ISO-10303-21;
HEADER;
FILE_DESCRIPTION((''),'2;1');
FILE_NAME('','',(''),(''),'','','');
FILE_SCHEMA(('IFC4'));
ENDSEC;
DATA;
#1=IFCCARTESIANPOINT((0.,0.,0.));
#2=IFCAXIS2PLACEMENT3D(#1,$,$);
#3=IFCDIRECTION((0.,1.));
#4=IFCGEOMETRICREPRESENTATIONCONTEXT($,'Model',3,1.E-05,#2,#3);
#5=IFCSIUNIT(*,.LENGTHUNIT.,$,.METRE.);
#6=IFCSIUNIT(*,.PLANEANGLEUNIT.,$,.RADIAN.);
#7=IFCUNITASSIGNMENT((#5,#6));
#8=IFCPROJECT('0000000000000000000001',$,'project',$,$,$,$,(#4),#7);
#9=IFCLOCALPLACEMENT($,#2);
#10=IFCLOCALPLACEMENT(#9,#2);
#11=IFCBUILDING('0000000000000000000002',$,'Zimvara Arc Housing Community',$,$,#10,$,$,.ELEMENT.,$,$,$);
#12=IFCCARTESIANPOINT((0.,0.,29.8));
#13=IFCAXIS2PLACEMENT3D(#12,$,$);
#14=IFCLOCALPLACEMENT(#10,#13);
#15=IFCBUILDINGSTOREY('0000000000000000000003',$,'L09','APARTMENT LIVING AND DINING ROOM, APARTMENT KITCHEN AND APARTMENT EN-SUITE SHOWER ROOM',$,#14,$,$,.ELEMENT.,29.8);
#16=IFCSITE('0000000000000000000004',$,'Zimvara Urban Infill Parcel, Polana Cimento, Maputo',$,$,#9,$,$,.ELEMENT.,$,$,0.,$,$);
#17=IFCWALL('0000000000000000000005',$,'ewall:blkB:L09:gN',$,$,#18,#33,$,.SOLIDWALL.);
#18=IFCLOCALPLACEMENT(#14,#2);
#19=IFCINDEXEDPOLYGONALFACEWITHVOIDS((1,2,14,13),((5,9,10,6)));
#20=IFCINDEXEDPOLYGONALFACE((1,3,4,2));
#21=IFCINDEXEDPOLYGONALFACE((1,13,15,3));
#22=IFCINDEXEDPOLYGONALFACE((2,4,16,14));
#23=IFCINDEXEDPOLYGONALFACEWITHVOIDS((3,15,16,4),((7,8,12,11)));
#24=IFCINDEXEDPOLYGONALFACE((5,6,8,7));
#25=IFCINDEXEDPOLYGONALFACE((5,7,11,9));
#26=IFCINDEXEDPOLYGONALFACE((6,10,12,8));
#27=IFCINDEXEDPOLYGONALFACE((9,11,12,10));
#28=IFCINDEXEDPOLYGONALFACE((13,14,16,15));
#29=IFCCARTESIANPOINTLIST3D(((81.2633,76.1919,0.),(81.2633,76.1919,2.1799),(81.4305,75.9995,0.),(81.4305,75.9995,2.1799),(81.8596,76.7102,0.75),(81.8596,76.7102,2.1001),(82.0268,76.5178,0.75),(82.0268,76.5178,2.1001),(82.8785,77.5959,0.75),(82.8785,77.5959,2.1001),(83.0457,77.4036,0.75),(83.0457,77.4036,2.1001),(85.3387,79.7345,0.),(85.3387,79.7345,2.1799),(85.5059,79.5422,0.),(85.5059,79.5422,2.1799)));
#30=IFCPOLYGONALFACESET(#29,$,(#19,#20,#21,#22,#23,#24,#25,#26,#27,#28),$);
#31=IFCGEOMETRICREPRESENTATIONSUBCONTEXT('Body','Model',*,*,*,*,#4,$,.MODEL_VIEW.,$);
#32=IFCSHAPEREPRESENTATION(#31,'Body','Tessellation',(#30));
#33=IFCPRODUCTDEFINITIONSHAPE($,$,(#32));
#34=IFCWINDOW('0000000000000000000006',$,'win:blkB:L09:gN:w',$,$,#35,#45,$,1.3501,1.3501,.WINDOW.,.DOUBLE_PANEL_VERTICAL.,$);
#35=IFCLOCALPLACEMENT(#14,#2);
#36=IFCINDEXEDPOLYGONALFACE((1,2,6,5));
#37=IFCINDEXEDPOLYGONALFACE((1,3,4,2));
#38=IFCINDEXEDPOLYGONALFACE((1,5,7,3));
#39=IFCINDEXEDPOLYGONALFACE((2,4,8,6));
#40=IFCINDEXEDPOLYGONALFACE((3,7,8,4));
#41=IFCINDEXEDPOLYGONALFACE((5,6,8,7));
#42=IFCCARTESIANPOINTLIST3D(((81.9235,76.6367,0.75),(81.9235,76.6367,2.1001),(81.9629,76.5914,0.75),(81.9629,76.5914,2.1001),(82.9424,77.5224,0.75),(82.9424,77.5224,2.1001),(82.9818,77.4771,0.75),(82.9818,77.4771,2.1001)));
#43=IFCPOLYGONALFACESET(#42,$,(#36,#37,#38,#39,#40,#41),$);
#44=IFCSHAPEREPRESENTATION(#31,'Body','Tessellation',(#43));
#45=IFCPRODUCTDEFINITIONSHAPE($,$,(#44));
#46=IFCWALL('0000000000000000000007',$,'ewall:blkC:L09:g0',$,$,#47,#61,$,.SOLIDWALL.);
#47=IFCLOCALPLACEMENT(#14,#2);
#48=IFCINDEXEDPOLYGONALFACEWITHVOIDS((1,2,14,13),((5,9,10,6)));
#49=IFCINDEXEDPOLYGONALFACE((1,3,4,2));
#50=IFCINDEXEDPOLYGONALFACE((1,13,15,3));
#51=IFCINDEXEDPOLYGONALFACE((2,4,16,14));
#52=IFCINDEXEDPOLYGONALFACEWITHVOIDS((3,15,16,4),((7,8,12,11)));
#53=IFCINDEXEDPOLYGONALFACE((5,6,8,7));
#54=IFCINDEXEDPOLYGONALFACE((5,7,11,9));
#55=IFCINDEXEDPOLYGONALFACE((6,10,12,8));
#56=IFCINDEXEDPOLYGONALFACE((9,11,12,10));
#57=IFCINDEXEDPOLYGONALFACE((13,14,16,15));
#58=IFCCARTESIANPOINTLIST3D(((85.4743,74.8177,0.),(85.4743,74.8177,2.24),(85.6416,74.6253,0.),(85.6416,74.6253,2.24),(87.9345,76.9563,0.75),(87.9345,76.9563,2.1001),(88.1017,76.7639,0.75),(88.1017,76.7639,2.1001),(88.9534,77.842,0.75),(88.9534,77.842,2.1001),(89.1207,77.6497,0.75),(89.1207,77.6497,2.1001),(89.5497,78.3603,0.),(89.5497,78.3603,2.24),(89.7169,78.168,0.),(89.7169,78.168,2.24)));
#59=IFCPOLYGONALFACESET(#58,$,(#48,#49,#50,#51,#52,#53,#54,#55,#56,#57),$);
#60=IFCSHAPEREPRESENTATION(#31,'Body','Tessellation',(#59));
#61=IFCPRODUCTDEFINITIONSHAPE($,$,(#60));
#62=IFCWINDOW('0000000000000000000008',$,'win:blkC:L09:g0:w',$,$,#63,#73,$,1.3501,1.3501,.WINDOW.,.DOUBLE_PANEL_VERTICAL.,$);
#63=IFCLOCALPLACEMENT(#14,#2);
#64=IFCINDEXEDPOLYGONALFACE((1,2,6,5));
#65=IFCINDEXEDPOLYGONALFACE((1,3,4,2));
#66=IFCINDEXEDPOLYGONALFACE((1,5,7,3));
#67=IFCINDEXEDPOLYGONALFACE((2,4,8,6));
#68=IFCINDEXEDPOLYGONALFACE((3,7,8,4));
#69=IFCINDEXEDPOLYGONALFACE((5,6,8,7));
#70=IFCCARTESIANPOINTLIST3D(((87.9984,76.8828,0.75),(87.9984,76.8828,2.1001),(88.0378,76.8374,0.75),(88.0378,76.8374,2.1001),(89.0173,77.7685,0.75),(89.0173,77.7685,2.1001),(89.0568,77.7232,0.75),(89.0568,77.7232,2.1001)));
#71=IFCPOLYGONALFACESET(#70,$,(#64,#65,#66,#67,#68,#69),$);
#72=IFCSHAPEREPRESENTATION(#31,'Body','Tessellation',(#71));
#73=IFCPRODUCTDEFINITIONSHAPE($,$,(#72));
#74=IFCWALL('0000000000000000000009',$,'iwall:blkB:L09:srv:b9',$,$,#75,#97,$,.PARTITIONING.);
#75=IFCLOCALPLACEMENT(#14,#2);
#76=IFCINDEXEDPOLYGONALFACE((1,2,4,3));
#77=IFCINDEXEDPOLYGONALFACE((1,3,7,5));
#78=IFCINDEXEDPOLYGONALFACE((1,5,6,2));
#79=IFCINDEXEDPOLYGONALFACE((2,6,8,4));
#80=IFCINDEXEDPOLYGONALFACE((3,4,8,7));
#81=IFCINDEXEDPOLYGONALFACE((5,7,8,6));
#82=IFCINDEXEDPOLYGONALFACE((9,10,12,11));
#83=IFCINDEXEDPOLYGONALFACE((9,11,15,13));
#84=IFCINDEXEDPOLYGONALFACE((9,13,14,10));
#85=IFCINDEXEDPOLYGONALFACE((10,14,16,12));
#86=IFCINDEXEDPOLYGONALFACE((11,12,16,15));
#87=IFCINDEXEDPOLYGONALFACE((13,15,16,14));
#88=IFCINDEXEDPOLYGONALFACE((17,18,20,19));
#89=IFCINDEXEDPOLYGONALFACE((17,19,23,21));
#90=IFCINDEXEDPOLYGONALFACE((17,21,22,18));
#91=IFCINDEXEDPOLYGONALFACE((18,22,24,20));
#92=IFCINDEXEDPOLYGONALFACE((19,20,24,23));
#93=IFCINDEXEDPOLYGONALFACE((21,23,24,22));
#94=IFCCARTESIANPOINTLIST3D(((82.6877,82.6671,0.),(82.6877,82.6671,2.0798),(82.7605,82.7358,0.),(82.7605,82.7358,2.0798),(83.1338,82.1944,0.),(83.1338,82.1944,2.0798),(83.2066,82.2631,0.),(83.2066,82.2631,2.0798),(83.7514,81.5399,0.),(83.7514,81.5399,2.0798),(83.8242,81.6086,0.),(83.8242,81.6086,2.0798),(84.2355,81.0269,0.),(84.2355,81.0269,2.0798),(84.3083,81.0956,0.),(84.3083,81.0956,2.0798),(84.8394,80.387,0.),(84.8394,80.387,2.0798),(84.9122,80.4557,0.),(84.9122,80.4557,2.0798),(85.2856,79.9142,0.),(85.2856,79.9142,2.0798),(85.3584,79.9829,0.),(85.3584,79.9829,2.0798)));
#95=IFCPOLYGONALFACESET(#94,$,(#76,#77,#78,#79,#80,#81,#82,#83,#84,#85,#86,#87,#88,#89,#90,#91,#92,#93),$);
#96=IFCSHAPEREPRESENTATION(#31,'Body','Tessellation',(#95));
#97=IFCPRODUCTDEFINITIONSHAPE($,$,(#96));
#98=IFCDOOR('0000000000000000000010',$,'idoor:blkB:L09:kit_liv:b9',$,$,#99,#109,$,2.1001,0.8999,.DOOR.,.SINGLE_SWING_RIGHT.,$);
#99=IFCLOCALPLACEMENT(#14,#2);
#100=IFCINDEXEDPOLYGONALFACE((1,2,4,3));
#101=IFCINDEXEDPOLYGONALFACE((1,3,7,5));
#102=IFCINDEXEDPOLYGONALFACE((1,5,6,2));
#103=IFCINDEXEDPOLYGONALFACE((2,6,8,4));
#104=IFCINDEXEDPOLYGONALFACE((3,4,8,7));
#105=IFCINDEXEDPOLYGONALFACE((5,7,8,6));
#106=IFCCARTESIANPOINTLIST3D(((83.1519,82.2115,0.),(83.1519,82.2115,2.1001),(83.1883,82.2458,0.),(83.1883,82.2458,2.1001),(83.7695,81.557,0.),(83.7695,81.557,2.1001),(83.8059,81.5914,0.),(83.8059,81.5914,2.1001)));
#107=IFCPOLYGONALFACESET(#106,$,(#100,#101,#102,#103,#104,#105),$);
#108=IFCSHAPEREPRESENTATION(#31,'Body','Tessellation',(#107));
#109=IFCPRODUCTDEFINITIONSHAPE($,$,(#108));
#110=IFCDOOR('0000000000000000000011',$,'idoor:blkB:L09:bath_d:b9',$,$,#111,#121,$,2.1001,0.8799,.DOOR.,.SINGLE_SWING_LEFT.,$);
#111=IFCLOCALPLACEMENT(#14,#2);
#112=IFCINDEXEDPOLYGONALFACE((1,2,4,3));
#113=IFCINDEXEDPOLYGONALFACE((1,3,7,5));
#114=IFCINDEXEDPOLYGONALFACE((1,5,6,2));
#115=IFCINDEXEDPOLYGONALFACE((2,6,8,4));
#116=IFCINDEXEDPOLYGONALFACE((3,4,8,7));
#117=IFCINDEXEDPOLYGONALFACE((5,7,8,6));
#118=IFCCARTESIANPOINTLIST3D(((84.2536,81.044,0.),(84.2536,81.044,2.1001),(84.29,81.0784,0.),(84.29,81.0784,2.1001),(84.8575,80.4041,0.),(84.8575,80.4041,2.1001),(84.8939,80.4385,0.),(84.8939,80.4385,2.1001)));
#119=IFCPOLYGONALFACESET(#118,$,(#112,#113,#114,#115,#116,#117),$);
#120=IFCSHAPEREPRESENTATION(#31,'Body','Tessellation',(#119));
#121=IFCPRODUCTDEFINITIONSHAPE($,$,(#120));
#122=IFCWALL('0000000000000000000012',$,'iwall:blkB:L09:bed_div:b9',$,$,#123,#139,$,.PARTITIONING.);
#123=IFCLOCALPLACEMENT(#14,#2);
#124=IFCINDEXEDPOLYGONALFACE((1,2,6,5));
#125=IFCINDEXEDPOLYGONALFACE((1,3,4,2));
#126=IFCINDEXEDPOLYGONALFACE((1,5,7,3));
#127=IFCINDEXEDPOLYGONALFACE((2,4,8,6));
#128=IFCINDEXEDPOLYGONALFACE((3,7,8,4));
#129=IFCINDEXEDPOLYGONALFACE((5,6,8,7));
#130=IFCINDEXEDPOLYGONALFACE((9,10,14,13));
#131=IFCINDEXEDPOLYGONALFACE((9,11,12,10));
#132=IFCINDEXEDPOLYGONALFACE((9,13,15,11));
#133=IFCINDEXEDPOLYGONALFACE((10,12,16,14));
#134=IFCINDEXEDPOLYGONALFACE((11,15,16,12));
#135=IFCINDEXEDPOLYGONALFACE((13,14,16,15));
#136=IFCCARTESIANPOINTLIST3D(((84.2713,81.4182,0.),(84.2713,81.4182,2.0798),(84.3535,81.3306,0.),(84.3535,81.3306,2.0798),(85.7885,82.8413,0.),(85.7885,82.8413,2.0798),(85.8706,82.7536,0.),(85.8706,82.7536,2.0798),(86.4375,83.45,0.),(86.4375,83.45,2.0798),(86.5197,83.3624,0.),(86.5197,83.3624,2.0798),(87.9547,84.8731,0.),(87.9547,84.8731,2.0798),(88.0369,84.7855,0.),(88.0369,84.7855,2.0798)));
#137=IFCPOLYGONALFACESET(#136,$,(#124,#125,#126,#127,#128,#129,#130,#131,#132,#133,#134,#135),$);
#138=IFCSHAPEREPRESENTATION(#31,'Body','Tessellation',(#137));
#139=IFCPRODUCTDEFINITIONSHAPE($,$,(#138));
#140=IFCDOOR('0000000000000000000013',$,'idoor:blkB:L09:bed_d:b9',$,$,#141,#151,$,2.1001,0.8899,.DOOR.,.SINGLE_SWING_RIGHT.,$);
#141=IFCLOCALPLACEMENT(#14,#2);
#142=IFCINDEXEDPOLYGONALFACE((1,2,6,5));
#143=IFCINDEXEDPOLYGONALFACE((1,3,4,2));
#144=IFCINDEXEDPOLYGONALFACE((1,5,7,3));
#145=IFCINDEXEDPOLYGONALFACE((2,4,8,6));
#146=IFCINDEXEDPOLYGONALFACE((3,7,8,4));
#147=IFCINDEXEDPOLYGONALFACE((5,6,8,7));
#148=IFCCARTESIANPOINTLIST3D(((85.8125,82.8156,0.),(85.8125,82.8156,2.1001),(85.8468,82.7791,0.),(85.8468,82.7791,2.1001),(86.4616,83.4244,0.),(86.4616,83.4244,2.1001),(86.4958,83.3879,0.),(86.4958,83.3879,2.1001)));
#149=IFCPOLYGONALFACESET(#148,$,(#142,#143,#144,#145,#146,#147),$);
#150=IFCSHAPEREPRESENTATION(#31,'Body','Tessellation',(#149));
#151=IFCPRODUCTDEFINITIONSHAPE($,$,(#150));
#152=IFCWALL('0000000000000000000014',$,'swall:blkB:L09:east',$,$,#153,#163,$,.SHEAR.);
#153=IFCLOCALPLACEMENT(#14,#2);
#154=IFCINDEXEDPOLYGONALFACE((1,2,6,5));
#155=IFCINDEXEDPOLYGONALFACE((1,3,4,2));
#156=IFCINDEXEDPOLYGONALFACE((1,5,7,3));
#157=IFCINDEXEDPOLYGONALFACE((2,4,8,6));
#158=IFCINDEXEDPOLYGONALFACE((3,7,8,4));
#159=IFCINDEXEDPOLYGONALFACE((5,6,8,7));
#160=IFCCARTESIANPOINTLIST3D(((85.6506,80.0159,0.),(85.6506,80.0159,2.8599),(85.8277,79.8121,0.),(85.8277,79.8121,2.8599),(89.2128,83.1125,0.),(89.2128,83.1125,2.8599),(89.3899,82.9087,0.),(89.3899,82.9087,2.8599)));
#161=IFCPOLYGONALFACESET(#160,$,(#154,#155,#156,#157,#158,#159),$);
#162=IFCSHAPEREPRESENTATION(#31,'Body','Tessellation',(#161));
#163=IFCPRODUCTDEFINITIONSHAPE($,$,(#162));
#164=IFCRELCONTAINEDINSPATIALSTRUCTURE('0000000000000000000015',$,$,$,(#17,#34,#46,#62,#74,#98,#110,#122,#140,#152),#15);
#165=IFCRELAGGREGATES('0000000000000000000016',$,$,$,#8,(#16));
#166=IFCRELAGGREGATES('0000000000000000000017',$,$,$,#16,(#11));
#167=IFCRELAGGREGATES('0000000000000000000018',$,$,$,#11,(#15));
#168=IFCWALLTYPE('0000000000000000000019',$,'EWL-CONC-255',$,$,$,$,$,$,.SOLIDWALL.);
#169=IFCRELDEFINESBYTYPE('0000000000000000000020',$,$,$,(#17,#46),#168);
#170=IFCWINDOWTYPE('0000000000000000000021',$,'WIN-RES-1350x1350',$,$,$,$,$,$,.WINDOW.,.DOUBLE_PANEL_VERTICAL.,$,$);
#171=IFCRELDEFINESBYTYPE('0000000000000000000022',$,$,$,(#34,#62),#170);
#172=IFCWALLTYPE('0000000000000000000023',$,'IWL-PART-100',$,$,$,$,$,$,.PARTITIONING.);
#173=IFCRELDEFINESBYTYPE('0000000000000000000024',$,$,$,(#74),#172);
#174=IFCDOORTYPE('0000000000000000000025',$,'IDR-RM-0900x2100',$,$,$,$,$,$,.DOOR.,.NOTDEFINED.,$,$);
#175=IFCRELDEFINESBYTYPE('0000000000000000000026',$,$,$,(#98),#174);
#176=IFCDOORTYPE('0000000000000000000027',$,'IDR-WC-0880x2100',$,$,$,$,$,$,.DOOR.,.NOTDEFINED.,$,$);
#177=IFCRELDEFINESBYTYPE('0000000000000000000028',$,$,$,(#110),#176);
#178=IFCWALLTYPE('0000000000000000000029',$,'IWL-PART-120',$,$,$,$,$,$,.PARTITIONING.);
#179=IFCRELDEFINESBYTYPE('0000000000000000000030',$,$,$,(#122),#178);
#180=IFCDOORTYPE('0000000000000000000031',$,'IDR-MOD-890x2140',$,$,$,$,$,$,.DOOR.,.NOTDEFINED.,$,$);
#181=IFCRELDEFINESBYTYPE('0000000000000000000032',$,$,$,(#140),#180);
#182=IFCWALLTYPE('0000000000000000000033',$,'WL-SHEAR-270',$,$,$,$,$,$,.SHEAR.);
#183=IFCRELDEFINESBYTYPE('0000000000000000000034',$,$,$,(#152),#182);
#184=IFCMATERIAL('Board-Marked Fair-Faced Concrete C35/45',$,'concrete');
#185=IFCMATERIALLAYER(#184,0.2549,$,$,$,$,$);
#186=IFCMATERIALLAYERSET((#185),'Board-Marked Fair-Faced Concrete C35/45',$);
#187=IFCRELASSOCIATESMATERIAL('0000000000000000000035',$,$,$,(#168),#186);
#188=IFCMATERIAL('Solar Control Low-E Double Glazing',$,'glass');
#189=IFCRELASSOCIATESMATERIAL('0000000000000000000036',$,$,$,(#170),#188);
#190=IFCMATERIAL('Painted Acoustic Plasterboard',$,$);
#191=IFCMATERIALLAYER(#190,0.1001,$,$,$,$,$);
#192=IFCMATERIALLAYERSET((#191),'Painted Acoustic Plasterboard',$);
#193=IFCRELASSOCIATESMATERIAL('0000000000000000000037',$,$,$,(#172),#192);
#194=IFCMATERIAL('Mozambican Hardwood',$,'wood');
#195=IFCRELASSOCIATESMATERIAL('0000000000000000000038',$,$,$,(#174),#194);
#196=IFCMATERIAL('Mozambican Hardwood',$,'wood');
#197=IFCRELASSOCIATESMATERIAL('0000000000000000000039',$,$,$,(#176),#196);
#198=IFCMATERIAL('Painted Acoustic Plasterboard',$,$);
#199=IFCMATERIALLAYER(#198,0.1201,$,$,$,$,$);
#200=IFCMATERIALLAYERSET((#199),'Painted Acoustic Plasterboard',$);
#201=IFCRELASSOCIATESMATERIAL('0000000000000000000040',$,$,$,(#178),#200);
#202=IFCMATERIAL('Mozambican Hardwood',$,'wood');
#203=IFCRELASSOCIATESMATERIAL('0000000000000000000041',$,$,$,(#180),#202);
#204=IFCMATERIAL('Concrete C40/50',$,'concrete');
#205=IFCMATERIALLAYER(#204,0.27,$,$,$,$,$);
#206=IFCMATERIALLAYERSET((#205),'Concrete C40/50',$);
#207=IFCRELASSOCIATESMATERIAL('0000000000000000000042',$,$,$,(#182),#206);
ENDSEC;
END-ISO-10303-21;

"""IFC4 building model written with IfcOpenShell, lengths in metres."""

from ifc_helpers import new_model, si_unit, direction, frame, frame_2d, origin, place, context, subcontext, project, spatial, rectangle, extrude, material, layer, layer_set, type_object, element, fill, save


model = new_model("IFC4")

# Units and contexts
model_context = context("Model", 3, precision=1e-05, world=origin(), true_north=direction((0.0, 1.0)))
body_context = subcontext(model_context, "Body", "Model", "MODEL_VIEW")
ifc_project = project(units=[si_unit("LENGTHUNIT", "METRE"), si_unit("PLANEANGLEUNIT", "RADIAN")], contexts=[model_context])

# Site, building, storey
site_placement = place(None, origin())
site = spatial("IfcSite", under=ifc_project, at=site_placement, Name="Zimvara Urban Infill Parcel, Polana Cimento, Maputo", CompositionType="ELEMENT", RefElevation=0.0)
building_placement = place(site_placement, origin())
building = spatial("IfcBuilding", under=site, at=building_placement, Name="Zimvara Arc Housing Community", CompositionType="ELEMENT")
storey_placement = place(building_placement, frame((0.0, 0.0, 29.8)))
storey = spatial("IfcBuildingStorey", under=building, at=storey_placement, Name="L09", Description="APARTMENT LIVING AND DINING ROOM, APARTMENT KITCHEN AND APARTMENT EN-SUITE SHOWER ROOM", CompositionType="ELEMENT", Elevation=29.8)

# Walls, openings, windows
ifc_material_1 = material(Name="Board-Marked Fair-Faced Concrete C35/45", Category="concrete")
ifc_layer_1 = layer(ifc_material_1, 0.2549)
ifc_layer_set_1 = layer_set([ifc_layer_1], Name="Board-Marked Fair-Faced Concrete C35/45")
wall_type_1 = type_object("IfcWallType", Name="EWL-CONC-255", PredefinedType="SOLIDWALL", material=ifc_layer_set_1)
wall_1_placement = place(storey_placement, frame((81.3469, 76.0957, 0.0), z_axis=(0.0, 0.0, 1.0), x_axis=(0.75471, 0.656059, 0.0)))
wall_1 = element("IfcWall", 1, at=wall_1_placement, inside=storey, type_object=wall_type_1, Name="ewall:blkB:L09:gN", PredefinedType="SOLIDWALL", context=body_context, shape_type="SweptSolid", body=[
    extrude(rectangle(XDim=5.3999, YDim=0.2549, at=frame_2d((2.7, 0.0))), origin(), (0.0, 0.0, 1.0), 2.1799),
])
opening_1_placement = place(wall_1_placement, frame((0.79, 0.0, 0.75)))
opening_1 = element("IfcOpeningElement", 2, at=opening_1_placement, cuts=wall_1, PredefinedType="OPENING", context=body_context, shape_type="SweptSolid", body=[
    extrude(rectangle(XDim=1.3501, YDim=1.3501, at=frame_2d((0.675, 0.675))), frame((0.0, 0.1375, 0.0), z_axis=(0.0, -1.0, 0.0), x_axis=(1.0, 0.0, 0.0)), (0.0, 0.0, 1.0), 0.2749),
])
ifc_material_2 = material(Name="Solar Control Low-E Double Glazing", Category="glass")
window_type = type_object("IfcWindowType", Name="WIN-RES-1350x1350", PartitioningType="DOUBLE_PANEL_VERTICAL", PredefinedType="WINDOW", material=ifc_material_2)
window_1_placement = place(opening_1_placement, origin())
window_1 = element("IfcWindow", 3, at=window_1_placement, inside=storey, type_object=window_type, Name="win:blkB:L09:gN:w", OverallHeight=1.3501, OverallWidth=1.3501, PartitioningType="DOUBLE_PANEL_VERTICAL", PredefinedType="WINDOW", context=body_context, shape_type="SweptSolid", body=[
    extrude(rectangle(XDim=1.3501, YDim=1.3501, at=frame_2d((0.675, 0.675))), frame((0.0, 0.03, 0.0), z_axis=(0.0, -1.0, 0.0), x_axis=(1.0, 0.0, 0.0)), (0.0, 0.0, 1.0), 0.0601),
])
fill(opening_1, window_1)
wall_2_placement = place(storey_placement, frame((89.6333, 78.2642, 0.0), z_axis=(0.0, 0.0, 1.0), x_axis=(-0.75471, -0.656059, 0.0)))
wall_2 = element("IfcWall", 4, at=wall_2_placement, inside=storey, type_object=wall_type_1, Name="ewall:blkC:L09:g0", PredefinedType="SOLIDWALL", context=body_context, shape_type="SweptSolid", body=[
    extrude(rectangle(XDim=5.3999, YDim=0.2549, at=frame_2d((2.7, 0.0))), origin(), (0.0, 0.0, 1.0), 2.24),
])
opening_2_placement = place(wall_2_placement, frame((0.79, 0.0, 0.75)))
opening_2 = element("IfcOpeningElement", 5, at=opening_2_placement, cuts=wall_2, PredefinedType="OPENING", context=body_context, shape_type="SweptSolid", body=[
    extrude(rectangle(XDim=1.3501, YDim=1.3501, at=frame_2d((0.675, 0.675))), frame((0.0, 0.1375, 0.0), z_axis=(0.0, -1.0, 0.0), x_axis=(1.0, 0.0, 0.0)), (0.0, 0.0, 1.0), 0.2749),
])
window_2_placement = place(opening_2_placement, origin())
window_2 = element("IfcWindow", 6, at=window_2_placement, inside=storey, type_object=window_type, Name="win:blkC:L09:g0:w", OverallHeight=1.3501, OverallWidth=1.3501, PartitioningType="DOUBLE_PANEL_VERTICAL", PredefinedType="WINDOW", context=body_context, shape_type="SweptSolid", body=[
    extrude(rectangle(XDim=1.3501, YDim=1.3501, at=frame_2d((0.675, 0.675))), frame((0.0, 0.03, 0.0), z_axis=(0.0, -1.0, 0.0), x_axis=(1.0, 0.0, 0.0)), (0.0, 0.0, 1.0), 0.0601),
])
fill(opening_2, window_2)

# Wall, openings, doors
ifc_material_3 = material(Name="Painted Acoustic Plasterboard")
ifc_layer_2 = layer(ifc_material_3, 0.1001)
ifc_layer_set_2 = layer_set([ifc_layer_2], Name="Painted Acoustic Plasterboard")
wall_type_2 = type_object("IfcWallType", Name="IWL-PART-100", PredefinedType="PARTITIONING", material=ifc_layer_set_2)
wall_3_placement = place(storey_placement, frame((82.7241, 82.7014, 0.0), z_axis=(0.0, 0.0, 1.0), x_axis=(0.686332, -0.727289, 0.0)))
wall_3 = element("IfcWall", 7, at=wall_3_placement, inside=storey, type_object=wall_type_2, Name="iwall:blkB:L09:srv:b9", PredefinedType="PARTITIONING", context=body_context, shape_type="SweptSolid", body=[
    extrude(rectangle(XDim=3.7852, YDim=0.1001, at=frame_2d((1.8926, 0.0))), origin(), (0.0, 0.0, 1.0), 2.0798),
])
opening_3_placement = place(wall_3_placement, frame((0.6499, 0.0, 0.0)))
opening_3 = element("IfcOpeningElement", 8, at=opening_3_placement, cuts=wall_3, PredefinedType="OPENING", context=body_context, shape_type="SweptSolid", body=[
    extrude(rectangle(XDim=0.8999, YDim=2.1001, at=frame_2d((0.45, 1.05))), frame((0.0, 0.0601, 0.0), z_axis=(0.0, -1.0, 0.0), x_axis=(1.0, 0.0, 0.0)), (0.0, 0.0, 1.0), 0.1201),
])
opening_4_placement = place(wall_3_placement, frame((2.2551, 0.0, 0.0)))
opening_4 = element("IfcOpeningElement", 9, at=opening_4_placement, cuts=wall_3, PredefinedType="OPENING", context=body_context, shape_type="SweptSolid", body=[
    extrude(rectangle(XDim=0.8799, YDim=2.1001, at=frame_2d((0.4399, 1.05))), frame((0.0, 0.0601, 0.0), z_axis=(0.0, -1.0, 0.0), x_axis=(1.0, 0.0, 0.0)), (0.0, 0.0, 1.0), 0.1201),
])
ifc_material_4 = material(Name="Mozambican Hardwood", Category="wood")
door_type_1 = type_object("IfcDoorType", Name="IDR-RM-0900x2100", OperationType="NOTDEFINED", PredefinedType="DOOR", material=ifc_material_4)
door_1_placement = place(opening_3_placement, origin())
door_1 = element("IfcDoor", 10, at=door_1_placement, inside=storey, type_object=door_type_1, Name="idoor:blkB:L09:kit_liv:b9", OperationType="SINGLE_SWING_RIGHT", OverallHeight=2.1001, OverallWidth=0.8999, PredefinedType="DOOR", context=body_context, shape_type="SweptSolid", body=[
    extrude(rectangle(XDim=0.8999, YDim=2.1001, at=frame_2d((0.45, 1.05))), frame((0.0, 0.0249, 0.0), z_axis=(0.0, -1.0, 0.0), x_axis=(1.0, 0.0, 0.0)), (0.0, 0.0, 1.0), 0.05),
])
fill(opening_3, door_1)
ifc_material_5 = material(Name="Mozambican Hardwood", Category="wood")
door_type_2 = type_object("IfcDoorType", Name="IDR-WC-0880x2100", OperationType="NOTDEFINED", PredefinedType="DOOR", material=ifc_material_5)
door_2_placement = place(opening_4_placement, origin())
door_2 = element("IfcDoor", 11, at=door_2_placement, inside=storey, type_object=door_type_2, Name="idoor:blkB:L09:bath_d:b9", OperationType="SINGLE_SWING_LEFT", OverallHeight=2.1001, OverallWidth=0.8799, PredefinedType="DOOR", context=body_context, shape_type="SweptSolid", body=[
    extrude(rectangle(XDim=0.8799, YDim=2.1001, at=frame_2d((0.4399, 1.05))), frame((0.0, 0.0249, 0.0), z_axis=(0.0, -1.0, 0.0), x_axis=(1.0, 0.0, 0.0)), (0.0, 0.0, 1.0), 0.05),
])
fill(opening_4, door_2)

# Wall, opening, door
ifc_material_6 = material(Name="Painted Acoustic Plasterboard")
ifc_layer_3 = layer(ifc_material_6, 0.1201)
ifc_layer_set_3 = layer_set([ifc_layer_3], Name="Painted Acoustic Plasterboard")
wall_type_3 = type_object("IfcWallType", Name="IWL-PART-120", PredefinedType="PARTITIONING", material=ifc_layer_set_3)
wall_4_placement = place(storey_placement, frame((84.3125, 81.3745, 0.0), z_axis=(0.0, 0.0, 1.0), x_axis=(0.72937, 0.68412, 0.0)))
wall_4 = element("IfcWall", 12, at=wall_4_placement, inside=storey, type_object=wall_type_3, Name="iwall:blkB:L09:bed_div:b9", PredefinedType="PARTITIONING", context=body_context, shape_type="SweptSolid", body=[
    extrude(rectangle(XDim=5.05, YDim=0.1201, at=frame_2d((2.5249, 0.0))), origin(), (0.0, 0.0, 1.0), 2.0798),
])
opening_5_placement = place(wall_4_placement, frame((2.0801, 0.0, 0.0)))
opening_5 = element("IfcOpeningElement", 13, at=opening_5_placement, cuts=wall_4, PredefinedType="OPENING", context=body_context, shape_type="SweptSolid", body=[
    extrude(rectangle(XDim=0.8899, YDim=2.1001, at=frame_2d((0.4448, 1.05))), frame((0.0, 0.0701, 0.0), z_axis=(0.0, -1.0, 0.0), x_axis=(1.0, 0.0, 0.0)), (0.0, 0.0, 1.0), 0.1401),
])
ifc_material_7 = material(Name="Mozambican Hardwood", Category="wood")
door_type_3 = type_object("IfcDoorType", Name="IDR-MOD-890x2140", OperationType="NOTDEFINED", PredefinedType="DOOR", material=ifc_material_7)
door_3_placement = place(opening_5_placement, origin())
door_3 = element("IfcDoor", 14, at=door_3_placement, inside=storey, type_object=door_type_3, Name="idoor:blkB:L09:bed_d:b9", OperationType="SINGLE_SWING_RIGHT", OverallHeight=2.1001, OverallWidth=0.8899, PredefinedType="DOOR", context=body_context, shape_type="SweptSolid", body=[
    extrude(rectangle(XDim=0.8899, YDim=2.1001, at=frame_2d((0.4448, 1.05))), frame((0.0, 0.0249, 0.0), z_axis=(0.0, -1.0, 0.0), x_axis=(1.0, 0.0, 0.0)), (0.0, 0.0, 1.0), 0.05),
])
fill(opening_5, door_3)

# Wall
ifc_material_8 = material(Name="Concrete C40/50", Category="concrete")
ifc_layer_4 = layer(ifc_material_8, 0.27)
ifc_layer_set_4 = layer_set([ifc_layer_4], Name="Concrete C40/50")
wall_type_4 = type_object("IfcWallType", Name="WL-SHEAR-270", PredefinedType="SHEAR", material=ifc_layer_set_4)
wall_5_placement = place(storey_placement, frame((85.7393, 79.9141, 0.0), z_axis=(0.0, 0.0, 1.0), x_axis=(0.754704, 0.656066, 0.0)))
element("IfcWall", 15, at=wall_5_placement, inside=storey, type_object=wall_type_4, Name="swall:blkB:L09:east", PredefinedType="SHEAR", context=body_context, shape_type="SweptSolid", body=[
    extrude(rectangle(XDim=4.72, YDim=0.27, at=frame_2d((2.3599, 0.0))), origin(), (0.0, 0.0, 1.0), 2.8599),
])

save(model, "model.ifc")
